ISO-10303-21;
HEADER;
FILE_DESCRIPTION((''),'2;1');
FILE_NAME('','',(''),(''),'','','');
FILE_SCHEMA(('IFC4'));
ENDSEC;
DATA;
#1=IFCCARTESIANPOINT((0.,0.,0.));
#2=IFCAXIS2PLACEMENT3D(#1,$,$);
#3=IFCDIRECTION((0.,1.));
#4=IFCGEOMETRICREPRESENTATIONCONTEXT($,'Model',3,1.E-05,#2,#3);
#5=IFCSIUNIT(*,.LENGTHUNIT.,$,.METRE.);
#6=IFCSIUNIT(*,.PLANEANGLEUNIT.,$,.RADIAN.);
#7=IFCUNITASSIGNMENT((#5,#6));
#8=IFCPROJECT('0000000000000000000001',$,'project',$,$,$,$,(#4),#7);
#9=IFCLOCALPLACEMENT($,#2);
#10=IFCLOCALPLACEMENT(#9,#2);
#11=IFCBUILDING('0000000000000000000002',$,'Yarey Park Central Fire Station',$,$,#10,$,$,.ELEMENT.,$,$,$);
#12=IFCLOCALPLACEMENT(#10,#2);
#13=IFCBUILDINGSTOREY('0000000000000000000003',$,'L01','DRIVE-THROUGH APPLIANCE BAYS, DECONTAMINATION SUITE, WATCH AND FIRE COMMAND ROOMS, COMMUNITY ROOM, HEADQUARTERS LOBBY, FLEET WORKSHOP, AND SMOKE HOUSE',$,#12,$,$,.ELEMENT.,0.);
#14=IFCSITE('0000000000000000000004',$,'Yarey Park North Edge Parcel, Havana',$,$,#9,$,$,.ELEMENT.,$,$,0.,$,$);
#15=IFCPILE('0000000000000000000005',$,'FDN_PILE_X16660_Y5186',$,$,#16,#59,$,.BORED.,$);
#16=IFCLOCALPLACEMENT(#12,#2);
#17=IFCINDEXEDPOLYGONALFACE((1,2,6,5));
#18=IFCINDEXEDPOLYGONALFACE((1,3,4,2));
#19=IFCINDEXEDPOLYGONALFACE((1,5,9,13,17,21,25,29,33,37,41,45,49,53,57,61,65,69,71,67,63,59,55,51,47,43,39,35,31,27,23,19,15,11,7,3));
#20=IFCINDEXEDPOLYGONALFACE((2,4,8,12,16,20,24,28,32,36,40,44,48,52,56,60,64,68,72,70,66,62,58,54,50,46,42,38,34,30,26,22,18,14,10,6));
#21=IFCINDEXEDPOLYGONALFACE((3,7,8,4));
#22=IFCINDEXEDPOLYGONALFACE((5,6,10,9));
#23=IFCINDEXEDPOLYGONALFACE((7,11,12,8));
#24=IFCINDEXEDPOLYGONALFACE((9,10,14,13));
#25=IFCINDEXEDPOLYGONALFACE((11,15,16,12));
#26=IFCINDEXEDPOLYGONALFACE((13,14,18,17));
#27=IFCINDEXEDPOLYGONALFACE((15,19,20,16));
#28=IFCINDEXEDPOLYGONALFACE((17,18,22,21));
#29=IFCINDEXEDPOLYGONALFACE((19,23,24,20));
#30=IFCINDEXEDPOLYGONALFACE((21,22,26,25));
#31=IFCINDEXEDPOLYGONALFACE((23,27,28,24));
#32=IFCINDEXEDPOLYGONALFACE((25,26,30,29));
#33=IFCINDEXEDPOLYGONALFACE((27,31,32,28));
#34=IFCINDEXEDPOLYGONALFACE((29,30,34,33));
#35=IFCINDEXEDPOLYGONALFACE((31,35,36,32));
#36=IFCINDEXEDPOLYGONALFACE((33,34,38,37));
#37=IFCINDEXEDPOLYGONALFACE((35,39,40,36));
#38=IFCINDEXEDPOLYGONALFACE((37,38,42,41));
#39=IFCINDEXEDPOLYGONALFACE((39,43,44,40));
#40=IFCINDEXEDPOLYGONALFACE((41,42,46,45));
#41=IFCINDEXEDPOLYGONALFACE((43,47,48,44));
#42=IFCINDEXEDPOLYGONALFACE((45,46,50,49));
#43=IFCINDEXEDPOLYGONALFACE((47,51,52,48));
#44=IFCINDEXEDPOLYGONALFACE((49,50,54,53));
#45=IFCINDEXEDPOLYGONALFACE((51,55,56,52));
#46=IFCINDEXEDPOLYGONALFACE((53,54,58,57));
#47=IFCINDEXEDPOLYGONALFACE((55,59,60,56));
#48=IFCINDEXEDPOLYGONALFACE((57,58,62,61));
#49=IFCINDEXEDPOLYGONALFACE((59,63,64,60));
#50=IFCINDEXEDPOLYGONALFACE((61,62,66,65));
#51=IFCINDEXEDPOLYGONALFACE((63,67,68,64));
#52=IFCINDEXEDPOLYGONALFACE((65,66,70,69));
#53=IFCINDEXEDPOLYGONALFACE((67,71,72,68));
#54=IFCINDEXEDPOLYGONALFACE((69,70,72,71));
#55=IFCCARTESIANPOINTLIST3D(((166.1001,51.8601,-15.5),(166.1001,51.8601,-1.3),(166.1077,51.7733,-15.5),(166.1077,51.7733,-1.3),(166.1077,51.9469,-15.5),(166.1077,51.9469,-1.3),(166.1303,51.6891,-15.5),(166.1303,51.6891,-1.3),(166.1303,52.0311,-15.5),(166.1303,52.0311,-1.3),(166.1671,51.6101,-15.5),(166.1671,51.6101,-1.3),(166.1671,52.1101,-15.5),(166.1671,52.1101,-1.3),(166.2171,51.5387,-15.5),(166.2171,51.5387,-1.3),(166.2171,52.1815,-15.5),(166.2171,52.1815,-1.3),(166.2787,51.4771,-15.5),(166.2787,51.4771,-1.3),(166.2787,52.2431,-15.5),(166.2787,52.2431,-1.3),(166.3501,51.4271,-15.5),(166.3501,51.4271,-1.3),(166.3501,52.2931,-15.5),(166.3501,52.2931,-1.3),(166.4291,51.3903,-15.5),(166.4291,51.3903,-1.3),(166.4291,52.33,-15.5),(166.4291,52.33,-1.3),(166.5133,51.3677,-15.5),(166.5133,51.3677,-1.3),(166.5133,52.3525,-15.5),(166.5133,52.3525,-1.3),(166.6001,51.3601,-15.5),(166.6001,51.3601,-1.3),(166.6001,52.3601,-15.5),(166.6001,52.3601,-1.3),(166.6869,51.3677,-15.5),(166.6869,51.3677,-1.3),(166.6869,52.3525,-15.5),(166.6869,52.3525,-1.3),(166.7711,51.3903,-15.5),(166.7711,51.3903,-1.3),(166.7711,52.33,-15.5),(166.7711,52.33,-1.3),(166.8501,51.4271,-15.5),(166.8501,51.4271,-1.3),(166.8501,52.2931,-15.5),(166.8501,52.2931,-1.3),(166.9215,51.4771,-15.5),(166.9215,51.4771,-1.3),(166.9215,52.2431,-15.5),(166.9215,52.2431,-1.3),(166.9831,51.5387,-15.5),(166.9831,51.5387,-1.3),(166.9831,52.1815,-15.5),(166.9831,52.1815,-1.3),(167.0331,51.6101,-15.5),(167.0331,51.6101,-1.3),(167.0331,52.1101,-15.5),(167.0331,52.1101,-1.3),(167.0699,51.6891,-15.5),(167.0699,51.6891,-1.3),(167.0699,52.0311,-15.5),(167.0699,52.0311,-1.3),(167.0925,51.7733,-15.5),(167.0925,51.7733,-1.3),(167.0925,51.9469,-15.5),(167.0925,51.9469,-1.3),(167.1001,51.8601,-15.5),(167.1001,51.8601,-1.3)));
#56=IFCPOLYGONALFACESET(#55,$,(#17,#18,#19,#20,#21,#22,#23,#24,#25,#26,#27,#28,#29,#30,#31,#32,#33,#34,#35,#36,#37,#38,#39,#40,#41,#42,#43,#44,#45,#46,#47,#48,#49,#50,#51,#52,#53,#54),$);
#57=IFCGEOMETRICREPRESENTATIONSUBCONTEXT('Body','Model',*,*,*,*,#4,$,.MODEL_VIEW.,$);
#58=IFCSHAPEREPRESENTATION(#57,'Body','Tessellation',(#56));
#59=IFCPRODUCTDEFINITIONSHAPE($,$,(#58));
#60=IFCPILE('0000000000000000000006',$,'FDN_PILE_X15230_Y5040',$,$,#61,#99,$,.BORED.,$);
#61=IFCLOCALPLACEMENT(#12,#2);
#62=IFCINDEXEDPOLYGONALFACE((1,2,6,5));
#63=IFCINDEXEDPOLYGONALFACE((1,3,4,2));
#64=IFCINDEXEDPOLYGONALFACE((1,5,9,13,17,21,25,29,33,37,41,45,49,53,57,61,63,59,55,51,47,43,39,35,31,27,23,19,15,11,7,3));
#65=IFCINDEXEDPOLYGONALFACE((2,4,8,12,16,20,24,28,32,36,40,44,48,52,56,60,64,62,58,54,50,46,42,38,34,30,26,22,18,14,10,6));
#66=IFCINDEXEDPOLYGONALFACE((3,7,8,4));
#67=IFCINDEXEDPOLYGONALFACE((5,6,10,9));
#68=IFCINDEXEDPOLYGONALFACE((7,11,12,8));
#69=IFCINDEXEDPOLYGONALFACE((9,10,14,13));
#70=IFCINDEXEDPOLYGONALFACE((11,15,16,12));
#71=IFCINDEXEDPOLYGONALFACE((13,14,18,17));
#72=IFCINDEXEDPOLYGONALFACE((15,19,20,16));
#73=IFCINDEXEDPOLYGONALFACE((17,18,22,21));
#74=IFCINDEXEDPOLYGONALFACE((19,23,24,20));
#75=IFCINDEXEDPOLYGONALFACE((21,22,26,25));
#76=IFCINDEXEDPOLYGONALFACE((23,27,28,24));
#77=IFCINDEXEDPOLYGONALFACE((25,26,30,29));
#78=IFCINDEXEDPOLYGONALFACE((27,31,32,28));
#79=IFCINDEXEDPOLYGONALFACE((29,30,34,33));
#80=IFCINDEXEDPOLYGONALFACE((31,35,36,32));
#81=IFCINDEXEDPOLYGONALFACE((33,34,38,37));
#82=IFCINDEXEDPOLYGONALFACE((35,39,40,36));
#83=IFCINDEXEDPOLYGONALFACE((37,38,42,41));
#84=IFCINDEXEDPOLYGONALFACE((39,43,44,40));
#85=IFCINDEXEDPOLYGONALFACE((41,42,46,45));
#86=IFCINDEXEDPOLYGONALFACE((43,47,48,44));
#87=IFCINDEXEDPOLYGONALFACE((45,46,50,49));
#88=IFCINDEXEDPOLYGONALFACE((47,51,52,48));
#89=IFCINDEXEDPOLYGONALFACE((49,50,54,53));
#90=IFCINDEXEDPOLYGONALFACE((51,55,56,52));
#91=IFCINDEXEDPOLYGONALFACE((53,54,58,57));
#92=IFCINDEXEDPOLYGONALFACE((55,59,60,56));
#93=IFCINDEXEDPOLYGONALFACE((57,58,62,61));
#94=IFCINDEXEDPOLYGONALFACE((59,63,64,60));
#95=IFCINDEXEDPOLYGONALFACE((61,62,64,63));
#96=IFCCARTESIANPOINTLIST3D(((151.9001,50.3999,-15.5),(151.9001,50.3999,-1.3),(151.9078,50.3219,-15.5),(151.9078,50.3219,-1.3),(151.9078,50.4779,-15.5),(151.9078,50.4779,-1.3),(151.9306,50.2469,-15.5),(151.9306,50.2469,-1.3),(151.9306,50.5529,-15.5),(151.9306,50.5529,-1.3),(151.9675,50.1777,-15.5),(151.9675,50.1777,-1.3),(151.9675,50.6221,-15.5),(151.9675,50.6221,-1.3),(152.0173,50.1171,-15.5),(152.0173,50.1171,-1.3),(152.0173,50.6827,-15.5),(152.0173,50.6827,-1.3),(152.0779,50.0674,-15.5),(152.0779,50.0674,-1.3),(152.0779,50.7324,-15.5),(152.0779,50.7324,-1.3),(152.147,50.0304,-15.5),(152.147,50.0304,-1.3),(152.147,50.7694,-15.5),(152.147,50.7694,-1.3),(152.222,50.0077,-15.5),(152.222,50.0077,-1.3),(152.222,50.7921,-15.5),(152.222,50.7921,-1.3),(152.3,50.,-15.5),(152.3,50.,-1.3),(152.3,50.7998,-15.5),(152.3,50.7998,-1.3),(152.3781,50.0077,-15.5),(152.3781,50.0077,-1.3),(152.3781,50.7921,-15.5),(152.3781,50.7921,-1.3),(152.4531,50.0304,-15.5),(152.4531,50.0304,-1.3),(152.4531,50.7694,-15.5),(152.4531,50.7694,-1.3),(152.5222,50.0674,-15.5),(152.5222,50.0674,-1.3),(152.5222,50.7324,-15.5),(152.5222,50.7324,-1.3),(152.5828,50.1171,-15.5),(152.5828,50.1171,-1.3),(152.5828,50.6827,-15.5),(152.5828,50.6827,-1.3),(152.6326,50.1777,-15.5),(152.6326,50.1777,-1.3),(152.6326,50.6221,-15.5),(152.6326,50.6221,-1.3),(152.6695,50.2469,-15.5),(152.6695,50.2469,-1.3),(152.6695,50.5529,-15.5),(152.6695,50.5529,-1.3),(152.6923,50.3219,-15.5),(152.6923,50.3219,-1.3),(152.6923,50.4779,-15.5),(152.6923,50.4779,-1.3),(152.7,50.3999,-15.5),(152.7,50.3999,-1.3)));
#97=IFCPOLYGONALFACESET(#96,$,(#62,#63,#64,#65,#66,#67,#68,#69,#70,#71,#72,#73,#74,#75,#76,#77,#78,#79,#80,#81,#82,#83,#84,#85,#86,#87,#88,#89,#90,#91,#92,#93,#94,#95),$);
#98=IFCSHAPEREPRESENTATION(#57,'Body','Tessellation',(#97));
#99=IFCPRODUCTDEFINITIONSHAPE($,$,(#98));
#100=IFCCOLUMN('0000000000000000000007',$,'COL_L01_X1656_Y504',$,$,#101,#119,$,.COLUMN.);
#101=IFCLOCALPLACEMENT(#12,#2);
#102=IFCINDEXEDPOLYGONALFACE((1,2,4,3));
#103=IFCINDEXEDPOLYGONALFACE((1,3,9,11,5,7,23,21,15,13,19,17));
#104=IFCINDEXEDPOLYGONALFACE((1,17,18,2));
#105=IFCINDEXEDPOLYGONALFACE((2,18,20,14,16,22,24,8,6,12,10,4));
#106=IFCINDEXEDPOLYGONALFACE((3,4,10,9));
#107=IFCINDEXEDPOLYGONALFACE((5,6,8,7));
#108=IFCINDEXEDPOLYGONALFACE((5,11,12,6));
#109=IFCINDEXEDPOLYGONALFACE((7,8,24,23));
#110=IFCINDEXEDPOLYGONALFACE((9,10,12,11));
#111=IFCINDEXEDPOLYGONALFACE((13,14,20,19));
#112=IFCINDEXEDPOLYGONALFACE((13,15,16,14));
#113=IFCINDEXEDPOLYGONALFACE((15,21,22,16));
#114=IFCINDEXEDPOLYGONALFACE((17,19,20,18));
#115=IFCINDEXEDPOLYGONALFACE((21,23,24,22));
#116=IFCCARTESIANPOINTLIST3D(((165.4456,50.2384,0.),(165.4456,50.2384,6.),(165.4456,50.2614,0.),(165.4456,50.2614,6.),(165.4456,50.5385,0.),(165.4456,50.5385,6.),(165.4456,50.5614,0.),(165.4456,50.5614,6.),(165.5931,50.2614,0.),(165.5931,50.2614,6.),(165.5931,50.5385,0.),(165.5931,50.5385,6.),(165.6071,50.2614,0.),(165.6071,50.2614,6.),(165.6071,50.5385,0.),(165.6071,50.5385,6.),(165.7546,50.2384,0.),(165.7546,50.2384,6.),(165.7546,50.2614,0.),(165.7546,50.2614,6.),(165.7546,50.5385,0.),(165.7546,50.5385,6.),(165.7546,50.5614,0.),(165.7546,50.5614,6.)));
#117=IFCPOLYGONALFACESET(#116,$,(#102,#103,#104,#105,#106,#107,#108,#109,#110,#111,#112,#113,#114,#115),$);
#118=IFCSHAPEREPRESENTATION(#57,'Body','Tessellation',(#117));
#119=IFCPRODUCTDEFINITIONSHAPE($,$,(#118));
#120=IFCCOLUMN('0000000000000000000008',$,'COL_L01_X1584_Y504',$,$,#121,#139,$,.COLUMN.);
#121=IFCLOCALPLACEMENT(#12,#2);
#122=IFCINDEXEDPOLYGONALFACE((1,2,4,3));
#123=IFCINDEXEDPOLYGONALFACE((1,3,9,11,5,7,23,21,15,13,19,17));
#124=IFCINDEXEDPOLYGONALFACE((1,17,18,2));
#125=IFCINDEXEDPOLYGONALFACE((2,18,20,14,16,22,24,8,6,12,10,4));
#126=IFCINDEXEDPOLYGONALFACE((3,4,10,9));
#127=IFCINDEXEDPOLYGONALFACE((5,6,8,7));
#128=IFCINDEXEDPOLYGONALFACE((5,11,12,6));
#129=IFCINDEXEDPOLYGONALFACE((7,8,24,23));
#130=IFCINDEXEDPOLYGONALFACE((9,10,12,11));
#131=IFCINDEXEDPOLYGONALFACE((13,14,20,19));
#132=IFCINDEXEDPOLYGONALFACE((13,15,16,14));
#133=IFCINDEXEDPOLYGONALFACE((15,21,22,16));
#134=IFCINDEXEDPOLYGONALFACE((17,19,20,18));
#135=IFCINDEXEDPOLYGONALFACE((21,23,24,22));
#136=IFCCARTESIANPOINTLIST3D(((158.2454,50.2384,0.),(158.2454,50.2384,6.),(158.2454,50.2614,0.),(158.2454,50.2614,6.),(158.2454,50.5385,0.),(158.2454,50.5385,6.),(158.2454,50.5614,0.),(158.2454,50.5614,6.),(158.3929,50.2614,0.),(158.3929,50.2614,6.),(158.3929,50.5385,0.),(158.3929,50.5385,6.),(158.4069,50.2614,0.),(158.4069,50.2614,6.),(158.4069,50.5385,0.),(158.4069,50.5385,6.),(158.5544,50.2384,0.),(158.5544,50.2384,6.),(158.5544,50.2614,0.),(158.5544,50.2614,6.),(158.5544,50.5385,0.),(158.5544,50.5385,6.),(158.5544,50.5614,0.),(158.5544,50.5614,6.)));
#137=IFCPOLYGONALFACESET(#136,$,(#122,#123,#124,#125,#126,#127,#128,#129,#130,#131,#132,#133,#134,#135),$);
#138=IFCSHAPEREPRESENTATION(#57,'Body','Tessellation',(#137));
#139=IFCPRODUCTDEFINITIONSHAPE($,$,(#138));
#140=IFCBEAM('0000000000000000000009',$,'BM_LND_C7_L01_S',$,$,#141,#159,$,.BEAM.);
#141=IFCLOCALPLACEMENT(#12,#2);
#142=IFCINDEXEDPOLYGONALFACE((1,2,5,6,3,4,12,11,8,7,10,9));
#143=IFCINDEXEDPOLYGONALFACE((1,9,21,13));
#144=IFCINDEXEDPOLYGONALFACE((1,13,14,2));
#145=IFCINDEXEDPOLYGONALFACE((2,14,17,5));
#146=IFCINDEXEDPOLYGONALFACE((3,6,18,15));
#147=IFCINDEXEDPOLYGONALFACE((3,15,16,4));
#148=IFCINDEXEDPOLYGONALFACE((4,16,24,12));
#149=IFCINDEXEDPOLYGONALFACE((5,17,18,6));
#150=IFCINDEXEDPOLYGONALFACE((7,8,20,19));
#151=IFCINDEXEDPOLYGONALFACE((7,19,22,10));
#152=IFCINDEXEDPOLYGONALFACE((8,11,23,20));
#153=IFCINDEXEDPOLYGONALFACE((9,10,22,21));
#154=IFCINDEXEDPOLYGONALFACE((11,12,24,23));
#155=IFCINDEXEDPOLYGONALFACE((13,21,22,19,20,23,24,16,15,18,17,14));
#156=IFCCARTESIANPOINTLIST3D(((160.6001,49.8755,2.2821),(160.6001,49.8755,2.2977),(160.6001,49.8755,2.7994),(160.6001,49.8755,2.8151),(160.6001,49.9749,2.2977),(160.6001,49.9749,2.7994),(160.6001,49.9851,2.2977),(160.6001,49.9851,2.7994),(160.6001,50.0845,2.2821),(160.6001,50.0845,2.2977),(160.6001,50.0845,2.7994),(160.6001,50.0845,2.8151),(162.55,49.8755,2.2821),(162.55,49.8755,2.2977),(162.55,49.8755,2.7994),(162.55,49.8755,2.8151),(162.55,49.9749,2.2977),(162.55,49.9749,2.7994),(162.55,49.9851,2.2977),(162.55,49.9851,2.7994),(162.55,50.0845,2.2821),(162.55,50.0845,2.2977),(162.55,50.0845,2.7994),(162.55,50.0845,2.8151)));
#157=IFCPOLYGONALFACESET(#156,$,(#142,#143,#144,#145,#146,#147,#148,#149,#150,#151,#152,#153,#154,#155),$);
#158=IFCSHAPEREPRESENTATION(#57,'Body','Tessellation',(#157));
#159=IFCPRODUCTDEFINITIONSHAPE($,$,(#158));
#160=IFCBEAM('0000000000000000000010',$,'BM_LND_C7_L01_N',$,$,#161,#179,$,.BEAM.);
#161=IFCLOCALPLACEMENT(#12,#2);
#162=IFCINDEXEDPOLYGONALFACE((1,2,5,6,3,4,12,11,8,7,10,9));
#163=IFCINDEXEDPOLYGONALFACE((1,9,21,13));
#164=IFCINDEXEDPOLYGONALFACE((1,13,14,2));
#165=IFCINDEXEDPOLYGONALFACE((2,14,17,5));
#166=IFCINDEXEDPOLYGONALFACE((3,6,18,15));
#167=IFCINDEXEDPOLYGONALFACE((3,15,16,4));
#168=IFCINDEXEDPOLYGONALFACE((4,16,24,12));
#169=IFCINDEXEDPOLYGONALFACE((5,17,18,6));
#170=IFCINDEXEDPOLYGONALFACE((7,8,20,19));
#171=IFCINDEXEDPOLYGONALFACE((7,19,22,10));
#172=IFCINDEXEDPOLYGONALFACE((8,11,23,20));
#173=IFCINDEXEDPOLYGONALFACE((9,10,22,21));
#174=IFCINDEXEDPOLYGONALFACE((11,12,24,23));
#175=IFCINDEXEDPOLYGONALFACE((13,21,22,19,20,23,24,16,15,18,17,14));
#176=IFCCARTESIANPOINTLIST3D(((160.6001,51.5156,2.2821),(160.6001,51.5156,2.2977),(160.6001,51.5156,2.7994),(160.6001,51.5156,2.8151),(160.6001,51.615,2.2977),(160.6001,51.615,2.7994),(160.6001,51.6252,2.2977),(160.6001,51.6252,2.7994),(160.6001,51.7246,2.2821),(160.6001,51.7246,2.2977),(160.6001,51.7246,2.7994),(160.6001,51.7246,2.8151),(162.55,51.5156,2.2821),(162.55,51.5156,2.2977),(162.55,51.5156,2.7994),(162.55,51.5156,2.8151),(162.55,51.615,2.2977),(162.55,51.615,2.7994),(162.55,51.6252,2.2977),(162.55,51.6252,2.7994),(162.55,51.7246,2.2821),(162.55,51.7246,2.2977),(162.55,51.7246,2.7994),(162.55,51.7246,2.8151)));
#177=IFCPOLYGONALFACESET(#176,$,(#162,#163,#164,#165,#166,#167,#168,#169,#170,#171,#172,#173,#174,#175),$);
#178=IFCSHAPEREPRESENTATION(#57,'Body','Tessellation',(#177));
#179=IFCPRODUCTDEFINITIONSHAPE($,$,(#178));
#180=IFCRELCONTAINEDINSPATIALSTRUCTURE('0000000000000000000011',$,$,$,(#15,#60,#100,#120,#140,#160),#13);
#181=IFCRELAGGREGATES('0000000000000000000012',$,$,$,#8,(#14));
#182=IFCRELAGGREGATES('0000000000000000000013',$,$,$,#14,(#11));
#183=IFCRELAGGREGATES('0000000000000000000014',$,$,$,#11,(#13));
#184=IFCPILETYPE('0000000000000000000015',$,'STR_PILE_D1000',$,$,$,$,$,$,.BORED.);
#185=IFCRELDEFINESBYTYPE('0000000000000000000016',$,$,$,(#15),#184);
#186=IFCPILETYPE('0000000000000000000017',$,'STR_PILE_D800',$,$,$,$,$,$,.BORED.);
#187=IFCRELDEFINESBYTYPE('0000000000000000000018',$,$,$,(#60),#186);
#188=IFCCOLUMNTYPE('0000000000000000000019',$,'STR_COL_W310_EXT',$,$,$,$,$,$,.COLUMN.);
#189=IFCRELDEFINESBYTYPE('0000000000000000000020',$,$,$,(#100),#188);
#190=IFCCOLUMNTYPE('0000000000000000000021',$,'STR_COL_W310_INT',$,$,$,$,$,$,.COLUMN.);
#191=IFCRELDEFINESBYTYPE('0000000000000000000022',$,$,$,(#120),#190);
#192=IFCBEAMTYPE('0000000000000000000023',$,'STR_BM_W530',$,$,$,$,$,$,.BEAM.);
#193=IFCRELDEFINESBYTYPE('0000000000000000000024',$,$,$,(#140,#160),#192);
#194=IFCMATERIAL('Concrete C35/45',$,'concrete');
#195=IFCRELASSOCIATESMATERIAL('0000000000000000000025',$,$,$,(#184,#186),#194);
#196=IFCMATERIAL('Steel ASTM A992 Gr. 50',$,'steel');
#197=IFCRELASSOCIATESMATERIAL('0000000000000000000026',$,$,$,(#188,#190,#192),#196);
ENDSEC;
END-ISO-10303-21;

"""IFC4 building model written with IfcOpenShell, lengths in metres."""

from ifc_helpers import new_model, si_unit, direction, frame, origin, origin_2d, place, context, subcontext, project, spatial, circle, i_section, extrude, material, material_profile, profile_set, type_object, element, save


model = new_model("IFC4")

# Units and contexts
model_context = context("Model", 3, precision=1e-05, world=origin(), true_north=direction((0.0, 1.0)))
body_context = subcontext(model_context, "Body", "Model", "MODEL_VIEW")
ifc_project = project(units=[si_unit("LENGTHUNIT", "METRE"), si_unit("PLANEANGLEUNIT", "RADIAN")], contexts=[model_context])

# Site, building, storey
site_placement = place(None, origin())
site = spatial("IfcSite", under=ifc_project, at=site_placement, Name="Yarey Park North Edge Parcel, Havana", CompositionType="ELEMENT", RefElevation=0.0)
building_placement = place(site_placement, origin())
building = spatial("IfcBuilding", under=site, at=building_placement, Name="Yarey Park Central Fire Station", CompositionType="ELEMENT")
storey_placement = place(building_placement, origin())
storey = spatial("IfcBuildingStorey", under=building, at=storey_placement, Name="L01", Description="DRIVE-THROUGH APPLIANCE BAYS, DECONTAMINATION SUITE, WATCH AND FIRE COMMAND ROOMS, COMMUNITY ROOM, HEADQUARTERS LOBBY, FLEET WORKSHOP, AND SMOKE HOUSE", CompositionType="ELEMENT", Elevation=0.0)

# Shared definitions
ifc_material_1 = material(Name="Concrete C35/45", Category="concrete")

# Piles
ifc_material_profile_1 = material_profile(ifc_material_1, circle(Radius=0.5, at=origin_2d()), Name="BORED PILE D1000")
ifc_profile_set_1 = profile_set([ifc_material_profile_1], Name="Concrete C35/45")
pile_type_1 = type_object("IfcPileType", Name="STR_PILE_D1000", PredefinedType="BORED", material=ifc_profile_set_1)
for number, where, z_axis, x_axis, name in (
    (1, (166.6001, 51.8601, -1.3), (0.0, 0.0, -1.0), (1.0, 0.0, 0.0), "FDN_PILE_X16660_Y5186"),
):
    element("IfcPile", number, at=place(storey_placement, frame(where, z_axis=z_axis, x_axis=x_axis)), inside=storey, type_object=pile_type_1, Name=name, PredefinedType="BORED", context=body_context, shape_type="SweptSolid", body=[
        extrude(circle(Radius=0.5, at=origin_2d()), origin(), (0.0, 0.0, 1.0), 14.2),
    ])
ifc_material_profile_2 = material_profile(ifc_material_1, circle(Radius=0.3999, at=origin_2d()), Name="BORED PILE D800")
ifc_profile_set_2 = profile_set([ifc_material_profile_2], Name="Concrete C35/45")
pile_type_2 = type_object("IfcPileType", Name="STR_PILE_D800", PredefinedType="BORED", material=ifc_profile_set_2)
pile_placement = place(storey_placement, frame((152.3, 50.3999, -1.3), z_axis=(0.0, 0.0, -1.0), x_axis=(1.0, 0.0, 0.0)))
element("IfcPile", 2, at=pile_placement, inside=storey, type_object=pile_type_2, Name="FDN_PILE_X15230_Y5040", PredefinedType="BORED", context=body_context, shape_type="SweptSolid", body=[
    extrude(circle(Radius=0.3999, at=origin_2d()), origin(), (0.0, 0.0, 1.0), 14.2),
])

# Columns
ifc_material_2 = material(Name="Steel ASTM A992 Gr. 50", Category="steel")
ifc_material_profile_3 = material_profile(ifc_material_2, i_section(OverallWidth=0.3091, OverallDepth=0.323, WebThickness=0.0139, FlangeThickness=0.0229, at=origin_2d()), Name="W310x143")
ifc_profile_set_3 = profile_set([ifc_material_profile_3], Name="Steel ASTM A992 Gr. 50")
column_type_1 = type_object("IfcColumnType", Name="STR_COL_W310_EXT", PredefinedType="COLUMN", material=ifc_profile_set_3)
column_1_placement = place(storey_placement, frame((165.6001, 50.3999, 0.0), z_axis=(0.0, 0.0, 1.0), x_axis=(1.0, 0.0, 0.0)))
element("IfcColumn", 3, at=column_1_placement, inside=storey, type_object=column_type_1, Name="COL_L01_X1656_Y504", PredefinedType="COLUMN", context=body_context, shape_type="SweptSolid", body=[
    extrude(i_section(OverallWidth=0.3091, OverallDepth=0.323, WebThickness=0.0139, FlangeThickness=0.0229, at=origin_2d()), origin(), (0.0, 0.0, 1.0), 6.0),
])
ifc_material_profile_4 = material_profile(ifc_material_2, i_section(OverallWidth=0.3091, OverallDepth=0.323, WebThickness=0.0139, FlangeThickness=0.0229, at=origin_2d()), Name="W310x143")
ifc_profile_set_4 = profile_set([ifc_material_profile_4], Name="Steel ASTM A992 Gr. 50")
column_type_2 = type_object("IfcColumnType", Name="STR_COL_W310_INT", PredefinedType="COLUMN", material=ifc_profile_set_4)
column_2_placement = place(storey_placement, frame((158.3999, 50.3999, 0.0), z_axis=(0.0, 0.0, 1.0), x_axis=(1.0, 0.0, 0.0)))
element("IfcColumn", 4, at=column_2_placement, inside=storey, type_object=column_type_2, Name="COL_L01_X1584_Y504", PredefinedType="COLUMN", context=body_context, shape_type="SweptSolid", body=[
    extrude(i_section(OverallWidth=0.3091, OverallDepth=0.323, WebThickness=0.0139, FlangeThickness=0.0229, at=origin_2d()), origin(), (0.0, 0.0, 1.0), 6.0),
])

# Beams
ifc_material_profile_5 = material_profile(ifc_material_2, i_section(OverallWidth=0.209, OverallDepth=0.533, WebThickness=0.0103, FlangeThickness=0.0156, at=origin_2d()), Name="W530x92")
ifc_profile_set_5 = profile_set([ifc_material_profile_5], Name="Steel ASTM A992 Gr. 50")
beam_type = type_object("IfcBeamType", Name="STR_BM_W530", PredefinedType="BEAM", material=ifc_profile_set_5)
for number, where, z_axis, x_axis, name in (
    (5, (160.6001, 49.98, 2.5486), (1.0, 0.0, 0.0), (0.0, 1.0, 0.0), "BM_LND_C7_L01_S"),
    (6, (160.6001, 51.6201, 2.5486), (1.0, 0.0, 0.0), (0.0, 1.0, 0.0), "BM_LND_C7_L01_N"),
):
    element("IfcBeam", number, at=place(storey_placement, frame(where, z_axis=z_axis, x_axis=x_axis)), inside=storey, type_object=beam_type, Name=name, PredefinedType="BEAM", context=body_context, shape_type="SweptSolid", body=[
        extrude(i_section(OverallWidth=0.209, OverallDepth=0.533, WebThickness=0.0103, FlangeThickness=0.0156, at=origin_2d()), origin(), (0.0, 0.0, 1.0), 1.95),
    ])

save(model, "model.ifc")
